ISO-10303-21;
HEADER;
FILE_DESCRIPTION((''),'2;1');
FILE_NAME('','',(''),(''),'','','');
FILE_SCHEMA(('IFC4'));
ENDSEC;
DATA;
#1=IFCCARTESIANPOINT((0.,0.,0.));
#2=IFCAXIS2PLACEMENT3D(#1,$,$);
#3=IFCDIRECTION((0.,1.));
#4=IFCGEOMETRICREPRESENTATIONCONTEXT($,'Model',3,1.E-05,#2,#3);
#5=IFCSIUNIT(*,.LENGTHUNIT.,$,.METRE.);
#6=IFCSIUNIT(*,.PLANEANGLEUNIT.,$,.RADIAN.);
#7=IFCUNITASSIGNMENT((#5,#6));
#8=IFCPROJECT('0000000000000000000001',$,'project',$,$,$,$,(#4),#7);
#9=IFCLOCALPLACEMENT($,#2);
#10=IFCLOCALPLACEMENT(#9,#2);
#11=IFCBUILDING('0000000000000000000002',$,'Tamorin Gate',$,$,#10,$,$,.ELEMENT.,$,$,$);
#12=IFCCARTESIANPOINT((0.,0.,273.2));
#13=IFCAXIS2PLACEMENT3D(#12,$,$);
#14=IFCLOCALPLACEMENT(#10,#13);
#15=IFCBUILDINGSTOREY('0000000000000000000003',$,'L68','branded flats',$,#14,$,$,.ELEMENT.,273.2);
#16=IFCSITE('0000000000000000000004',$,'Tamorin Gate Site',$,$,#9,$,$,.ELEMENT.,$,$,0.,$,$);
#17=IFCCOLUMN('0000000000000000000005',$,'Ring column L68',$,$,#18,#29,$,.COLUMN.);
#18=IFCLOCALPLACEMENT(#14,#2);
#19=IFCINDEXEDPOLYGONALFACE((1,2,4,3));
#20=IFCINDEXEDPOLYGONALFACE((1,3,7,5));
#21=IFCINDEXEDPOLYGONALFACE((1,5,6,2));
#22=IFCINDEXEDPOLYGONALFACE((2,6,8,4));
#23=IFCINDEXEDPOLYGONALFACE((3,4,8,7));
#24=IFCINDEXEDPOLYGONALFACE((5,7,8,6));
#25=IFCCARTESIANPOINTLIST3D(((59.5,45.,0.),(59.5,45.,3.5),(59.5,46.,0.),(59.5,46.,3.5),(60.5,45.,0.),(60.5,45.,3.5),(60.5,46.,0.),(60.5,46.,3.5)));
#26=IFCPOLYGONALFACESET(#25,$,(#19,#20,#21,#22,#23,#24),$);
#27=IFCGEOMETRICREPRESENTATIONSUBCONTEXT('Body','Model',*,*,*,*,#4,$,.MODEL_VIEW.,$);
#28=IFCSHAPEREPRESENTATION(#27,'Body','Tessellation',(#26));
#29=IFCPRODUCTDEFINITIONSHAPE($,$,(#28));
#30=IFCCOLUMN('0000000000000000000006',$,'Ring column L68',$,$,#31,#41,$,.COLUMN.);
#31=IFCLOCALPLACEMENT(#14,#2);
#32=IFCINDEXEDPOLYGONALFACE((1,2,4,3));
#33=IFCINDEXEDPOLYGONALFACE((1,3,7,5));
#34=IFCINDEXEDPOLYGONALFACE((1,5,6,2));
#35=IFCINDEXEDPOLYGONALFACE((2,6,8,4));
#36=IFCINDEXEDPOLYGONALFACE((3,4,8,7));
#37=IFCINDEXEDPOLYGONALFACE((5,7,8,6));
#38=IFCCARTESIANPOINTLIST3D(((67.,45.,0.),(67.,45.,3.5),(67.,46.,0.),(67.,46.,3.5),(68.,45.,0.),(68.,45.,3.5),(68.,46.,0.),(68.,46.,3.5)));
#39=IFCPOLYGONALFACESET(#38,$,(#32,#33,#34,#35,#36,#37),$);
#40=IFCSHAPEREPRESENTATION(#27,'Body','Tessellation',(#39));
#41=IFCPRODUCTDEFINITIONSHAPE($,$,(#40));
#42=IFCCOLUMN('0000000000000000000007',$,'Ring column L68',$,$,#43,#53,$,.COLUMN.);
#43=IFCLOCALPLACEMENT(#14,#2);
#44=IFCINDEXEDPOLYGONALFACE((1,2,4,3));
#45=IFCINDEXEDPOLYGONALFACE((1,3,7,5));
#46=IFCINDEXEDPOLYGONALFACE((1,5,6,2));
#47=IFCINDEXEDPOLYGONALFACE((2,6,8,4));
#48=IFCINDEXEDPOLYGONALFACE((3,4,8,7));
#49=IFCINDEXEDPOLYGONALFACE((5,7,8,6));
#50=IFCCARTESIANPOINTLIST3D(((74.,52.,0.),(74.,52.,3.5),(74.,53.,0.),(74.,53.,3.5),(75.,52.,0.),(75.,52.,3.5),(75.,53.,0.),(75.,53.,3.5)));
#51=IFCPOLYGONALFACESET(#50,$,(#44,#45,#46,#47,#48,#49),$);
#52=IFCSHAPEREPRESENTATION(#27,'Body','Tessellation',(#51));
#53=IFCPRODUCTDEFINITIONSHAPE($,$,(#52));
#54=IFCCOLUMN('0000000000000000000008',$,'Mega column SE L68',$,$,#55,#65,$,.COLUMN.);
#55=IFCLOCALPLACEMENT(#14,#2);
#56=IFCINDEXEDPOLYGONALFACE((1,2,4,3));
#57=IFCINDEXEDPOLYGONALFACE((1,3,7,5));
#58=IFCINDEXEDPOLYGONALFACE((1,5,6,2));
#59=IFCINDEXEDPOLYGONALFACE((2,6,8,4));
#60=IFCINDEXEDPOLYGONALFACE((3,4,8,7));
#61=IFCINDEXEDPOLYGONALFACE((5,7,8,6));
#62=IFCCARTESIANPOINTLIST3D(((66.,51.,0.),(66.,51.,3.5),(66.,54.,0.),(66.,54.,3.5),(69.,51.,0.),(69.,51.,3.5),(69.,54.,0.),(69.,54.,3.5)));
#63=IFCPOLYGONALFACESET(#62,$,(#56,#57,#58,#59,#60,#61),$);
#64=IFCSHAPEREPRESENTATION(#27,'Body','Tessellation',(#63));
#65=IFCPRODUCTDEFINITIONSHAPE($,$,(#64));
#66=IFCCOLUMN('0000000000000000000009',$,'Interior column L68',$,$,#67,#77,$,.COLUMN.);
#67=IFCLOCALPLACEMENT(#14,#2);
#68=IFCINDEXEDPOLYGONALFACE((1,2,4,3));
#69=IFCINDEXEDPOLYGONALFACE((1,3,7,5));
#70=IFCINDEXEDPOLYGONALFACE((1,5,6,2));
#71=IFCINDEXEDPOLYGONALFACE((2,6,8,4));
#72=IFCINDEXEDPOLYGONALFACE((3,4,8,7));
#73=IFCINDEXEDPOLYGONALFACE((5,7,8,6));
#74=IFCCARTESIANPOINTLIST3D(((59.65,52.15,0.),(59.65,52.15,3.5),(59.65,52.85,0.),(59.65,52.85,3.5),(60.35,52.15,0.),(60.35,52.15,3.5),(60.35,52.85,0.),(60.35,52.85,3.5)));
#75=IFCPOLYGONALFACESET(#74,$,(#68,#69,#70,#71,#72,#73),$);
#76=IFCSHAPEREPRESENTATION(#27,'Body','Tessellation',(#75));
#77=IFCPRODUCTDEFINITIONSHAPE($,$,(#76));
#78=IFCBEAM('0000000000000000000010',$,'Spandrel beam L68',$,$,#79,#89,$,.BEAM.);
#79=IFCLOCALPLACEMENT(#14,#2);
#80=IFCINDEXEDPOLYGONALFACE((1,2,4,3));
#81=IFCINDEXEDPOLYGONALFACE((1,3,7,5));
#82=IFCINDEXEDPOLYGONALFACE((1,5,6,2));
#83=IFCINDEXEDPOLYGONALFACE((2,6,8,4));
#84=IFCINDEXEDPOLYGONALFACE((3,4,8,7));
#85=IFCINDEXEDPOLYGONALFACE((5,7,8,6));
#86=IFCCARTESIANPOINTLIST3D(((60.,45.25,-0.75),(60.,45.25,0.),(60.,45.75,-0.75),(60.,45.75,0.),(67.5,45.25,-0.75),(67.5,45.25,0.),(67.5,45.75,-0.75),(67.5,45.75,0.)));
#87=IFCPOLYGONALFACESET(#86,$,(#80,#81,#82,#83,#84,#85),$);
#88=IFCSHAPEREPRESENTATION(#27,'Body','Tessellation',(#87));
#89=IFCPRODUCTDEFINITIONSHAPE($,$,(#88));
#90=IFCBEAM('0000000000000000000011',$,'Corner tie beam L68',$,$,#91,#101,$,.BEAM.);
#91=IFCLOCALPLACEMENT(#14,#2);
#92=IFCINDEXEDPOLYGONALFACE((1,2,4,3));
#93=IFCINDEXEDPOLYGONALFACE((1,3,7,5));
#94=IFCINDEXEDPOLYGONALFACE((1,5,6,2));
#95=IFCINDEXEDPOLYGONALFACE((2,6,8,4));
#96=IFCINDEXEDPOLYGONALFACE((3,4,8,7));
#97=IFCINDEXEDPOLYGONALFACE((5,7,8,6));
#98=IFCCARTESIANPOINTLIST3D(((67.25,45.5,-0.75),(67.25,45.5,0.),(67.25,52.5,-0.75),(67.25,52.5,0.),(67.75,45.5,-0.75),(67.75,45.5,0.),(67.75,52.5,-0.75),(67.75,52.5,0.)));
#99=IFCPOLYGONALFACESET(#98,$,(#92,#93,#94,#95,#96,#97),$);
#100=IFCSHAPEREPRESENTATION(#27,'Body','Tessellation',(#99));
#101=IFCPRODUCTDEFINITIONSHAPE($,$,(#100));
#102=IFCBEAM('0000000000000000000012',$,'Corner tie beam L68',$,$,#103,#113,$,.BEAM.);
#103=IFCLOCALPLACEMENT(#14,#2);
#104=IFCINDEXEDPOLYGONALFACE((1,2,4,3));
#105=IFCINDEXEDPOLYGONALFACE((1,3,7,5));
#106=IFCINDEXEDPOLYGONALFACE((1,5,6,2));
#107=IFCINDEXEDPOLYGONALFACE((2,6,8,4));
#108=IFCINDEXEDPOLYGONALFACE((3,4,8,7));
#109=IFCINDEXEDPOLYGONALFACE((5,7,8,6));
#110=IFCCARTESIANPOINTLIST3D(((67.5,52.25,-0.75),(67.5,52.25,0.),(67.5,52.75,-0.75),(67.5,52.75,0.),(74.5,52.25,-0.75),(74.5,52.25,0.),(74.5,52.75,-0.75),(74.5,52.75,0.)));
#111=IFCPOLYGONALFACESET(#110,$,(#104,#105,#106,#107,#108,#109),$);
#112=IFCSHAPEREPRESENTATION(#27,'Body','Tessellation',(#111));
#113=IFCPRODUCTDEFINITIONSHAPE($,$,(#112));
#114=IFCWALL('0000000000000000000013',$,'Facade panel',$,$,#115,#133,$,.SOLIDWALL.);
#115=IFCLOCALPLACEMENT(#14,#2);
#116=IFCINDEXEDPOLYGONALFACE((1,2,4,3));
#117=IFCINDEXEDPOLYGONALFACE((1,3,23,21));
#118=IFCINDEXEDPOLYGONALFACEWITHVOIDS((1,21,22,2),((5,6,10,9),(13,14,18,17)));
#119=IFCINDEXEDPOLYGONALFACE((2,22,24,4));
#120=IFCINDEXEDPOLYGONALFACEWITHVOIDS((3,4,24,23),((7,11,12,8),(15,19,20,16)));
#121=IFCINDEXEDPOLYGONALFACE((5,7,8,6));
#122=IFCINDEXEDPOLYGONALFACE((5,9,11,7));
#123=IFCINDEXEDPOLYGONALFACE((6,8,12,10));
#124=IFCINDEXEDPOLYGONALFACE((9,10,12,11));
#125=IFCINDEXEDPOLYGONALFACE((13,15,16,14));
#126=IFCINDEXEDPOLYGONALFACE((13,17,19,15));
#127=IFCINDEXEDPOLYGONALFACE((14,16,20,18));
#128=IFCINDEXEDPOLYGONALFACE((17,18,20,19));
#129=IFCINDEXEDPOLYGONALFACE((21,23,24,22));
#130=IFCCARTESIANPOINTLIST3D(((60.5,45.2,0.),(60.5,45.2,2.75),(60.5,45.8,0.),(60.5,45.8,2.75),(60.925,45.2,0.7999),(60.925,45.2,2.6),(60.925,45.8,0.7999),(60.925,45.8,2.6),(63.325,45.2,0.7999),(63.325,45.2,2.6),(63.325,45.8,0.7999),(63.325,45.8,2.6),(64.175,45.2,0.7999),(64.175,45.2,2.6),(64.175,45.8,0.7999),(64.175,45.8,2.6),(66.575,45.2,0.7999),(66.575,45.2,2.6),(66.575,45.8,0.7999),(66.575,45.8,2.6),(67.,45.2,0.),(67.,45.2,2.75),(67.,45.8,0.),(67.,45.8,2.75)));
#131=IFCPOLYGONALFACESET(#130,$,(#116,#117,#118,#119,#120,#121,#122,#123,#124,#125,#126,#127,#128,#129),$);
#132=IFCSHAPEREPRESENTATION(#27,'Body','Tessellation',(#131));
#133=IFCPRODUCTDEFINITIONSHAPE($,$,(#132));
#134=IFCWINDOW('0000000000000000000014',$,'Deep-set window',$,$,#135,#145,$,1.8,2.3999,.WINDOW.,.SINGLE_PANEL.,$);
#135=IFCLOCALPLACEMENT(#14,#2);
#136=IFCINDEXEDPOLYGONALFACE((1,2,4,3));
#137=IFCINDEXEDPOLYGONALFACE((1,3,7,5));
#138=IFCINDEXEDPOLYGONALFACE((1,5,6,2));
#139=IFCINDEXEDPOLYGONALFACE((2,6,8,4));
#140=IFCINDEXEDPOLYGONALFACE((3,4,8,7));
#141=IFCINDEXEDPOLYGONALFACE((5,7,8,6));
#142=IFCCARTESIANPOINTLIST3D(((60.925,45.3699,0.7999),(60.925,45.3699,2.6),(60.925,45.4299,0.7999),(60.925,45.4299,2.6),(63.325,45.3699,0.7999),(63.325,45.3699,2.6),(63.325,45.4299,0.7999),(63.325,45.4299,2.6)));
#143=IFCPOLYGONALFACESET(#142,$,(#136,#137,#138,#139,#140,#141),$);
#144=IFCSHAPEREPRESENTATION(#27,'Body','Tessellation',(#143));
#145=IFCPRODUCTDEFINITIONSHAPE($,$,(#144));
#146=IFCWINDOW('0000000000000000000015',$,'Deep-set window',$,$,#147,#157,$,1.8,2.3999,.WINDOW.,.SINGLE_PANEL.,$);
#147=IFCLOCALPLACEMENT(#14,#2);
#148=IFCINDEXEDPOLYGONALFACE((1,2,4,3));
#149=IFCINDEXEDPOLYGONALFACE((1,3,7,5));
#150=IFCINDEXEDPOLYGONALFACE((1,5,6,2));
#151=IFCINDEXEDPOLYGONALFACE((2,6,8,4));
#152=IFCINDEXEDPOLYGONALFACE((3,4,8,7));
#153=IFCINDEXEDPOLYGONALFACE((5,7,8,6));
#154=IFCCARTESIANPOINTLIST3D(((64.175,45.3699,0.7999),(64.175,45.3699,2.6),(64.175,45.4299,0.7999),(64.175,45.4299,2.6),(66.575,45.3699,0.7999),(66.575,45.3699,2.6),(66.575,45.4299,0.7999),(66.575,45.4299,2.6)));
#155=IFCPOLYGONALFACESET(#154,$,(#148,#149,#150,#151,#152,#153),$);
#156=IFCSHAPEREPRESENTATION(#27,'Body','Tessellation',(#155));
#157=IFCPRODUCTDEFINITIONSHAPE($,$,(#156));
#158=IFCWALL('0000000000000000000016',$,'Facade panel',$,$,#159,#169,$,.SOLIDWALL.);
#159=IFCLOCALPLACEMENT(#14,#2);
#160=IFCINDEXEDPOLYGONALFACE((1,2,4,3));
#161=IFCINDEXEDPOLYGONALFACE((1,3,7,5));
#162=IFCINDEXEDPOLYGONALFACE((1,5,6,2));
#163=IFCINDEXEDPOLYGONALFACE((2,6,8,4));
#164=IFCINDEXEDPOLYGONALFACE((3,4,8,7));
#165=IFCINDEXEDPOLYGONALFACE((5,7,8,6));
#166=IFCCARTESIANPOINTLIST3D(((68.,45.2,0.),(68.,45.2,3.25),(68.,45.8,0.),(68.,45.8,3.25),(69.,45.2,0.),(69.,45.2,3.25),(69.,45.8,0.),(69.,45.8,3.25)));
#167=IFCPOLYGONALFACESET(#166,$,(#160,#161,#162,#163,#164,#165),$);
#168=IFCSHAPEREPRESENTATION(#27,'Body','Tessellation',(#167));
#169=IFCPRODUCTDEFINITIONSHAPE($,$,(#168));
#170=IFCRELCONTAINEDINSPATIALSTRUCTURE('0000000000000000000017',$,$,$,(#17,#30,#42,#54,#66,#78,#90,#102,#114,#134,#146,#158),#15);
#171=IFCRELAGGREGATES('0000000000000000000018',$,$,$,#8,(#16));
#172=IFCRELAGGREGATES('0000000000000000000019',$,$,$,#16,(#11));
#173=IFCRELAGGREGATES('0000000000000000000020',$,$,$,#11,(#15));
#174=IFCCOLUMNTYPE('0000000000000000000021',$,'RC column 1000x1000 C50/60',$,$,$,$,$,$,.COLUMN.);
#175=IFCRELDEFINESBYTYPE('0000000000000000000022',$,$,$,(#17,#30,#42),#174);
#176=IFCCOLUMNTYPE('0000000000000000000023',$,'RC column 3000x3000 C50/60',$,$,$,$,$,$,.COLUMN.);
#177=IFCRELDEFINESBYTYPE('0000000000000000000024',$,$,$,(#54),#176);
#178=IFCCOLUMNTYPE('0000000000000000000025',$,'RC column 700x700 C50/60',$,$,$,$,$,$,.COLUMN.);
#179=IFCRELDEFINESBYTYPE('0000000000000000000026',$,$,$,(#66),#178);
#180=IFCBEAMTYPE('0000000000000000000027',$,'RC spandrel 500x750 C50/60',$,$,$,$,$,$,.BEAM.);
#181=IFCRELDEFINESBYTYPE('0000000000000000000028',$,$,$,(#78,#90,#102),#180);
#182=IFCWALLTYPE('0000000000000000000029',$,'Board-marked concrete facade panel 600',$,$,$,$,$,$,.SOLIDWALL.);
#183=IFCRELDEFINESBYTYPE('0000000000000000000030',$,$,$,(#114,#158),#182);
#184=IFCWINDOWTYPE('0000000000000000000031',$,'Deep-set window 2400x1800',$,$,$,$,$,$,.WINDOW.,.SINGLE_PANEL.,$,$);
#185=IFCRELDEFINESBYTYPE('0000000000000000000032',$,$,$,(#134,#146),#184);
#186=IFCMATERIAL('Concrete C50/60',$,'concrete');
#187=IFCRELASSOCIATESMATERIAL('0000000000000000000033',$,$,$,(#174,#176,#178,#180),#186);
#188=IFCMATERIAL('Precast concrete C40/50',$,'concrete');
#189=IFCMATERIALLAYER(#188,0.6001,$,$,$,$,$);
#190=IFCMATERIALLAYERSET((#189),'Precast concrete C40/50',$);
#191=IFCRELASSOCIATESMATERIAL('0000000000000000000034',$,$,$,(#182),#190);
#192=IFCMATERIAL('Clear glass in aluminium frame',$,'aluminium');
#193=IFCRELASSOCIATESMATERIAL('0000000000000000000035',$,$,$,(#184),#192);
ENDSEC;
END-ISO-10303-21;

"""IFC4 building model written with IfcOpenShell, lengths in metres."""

from ifc_helpers import new_model, si_unit, direction, frame, frame_2d, origin, origin_2d, place, context, subcontext, project, spatial, rectangle, extrude, material, layer, layer_set, material_profile, profile_set, type_object, element, fill, save


model = new_model("IFC4")

# Units and contexts
model_context = context("Model", 3, precision=1e-05, world=origin(), true_north=direction((0.0, 1.0)))
body_context = subcontext(model_context, "Body", "Model", "MODEL_VIEW")
ifc_project = project(units=[si_unit("LENGTHUNIT", "METRE"), si_unit("PLANEANGLEUNIT", "RADIAN")], contexts=[model_context])

# Site, building, storey
site_placement = place(None, origin())
site = spatial("IfcSite", under=ifc_project, at=site_placement, Name="Tamorin Gate Site", CompositionType="ELEMENT", RefElevation=0.0)
building_placement = place(site_placement, origin())
building = spatial("IfcBuilding", under=site, at=building_placement, Name="Tamorin Gate", CompositionType="ELEMENT")
storey_placement = place(building_placement, frame((0.0, 0.0, 273.2)))
storey = spatial("IfcBuildingStorey", under=building, at=storey_placement, Name="L68", Description="branded flats", CompositionType="ELEMENT", Elevation=273.2)

# Columns
ifc_material_1 = material(Name="Concrete C50/60", Category="concrete")
ifc_material_profile_1 = material_profile(ifc_material_1, rectangle(XDim=1.0, YDim=1.0, at=origin_2d()), Name="RC 1000x1000")
ifc_profile_set_1 = profile_set([ifc_material_profile_1], Name="Concrete C50/60")
column_type_1 = type_object("IfcColumnType", Name="RC column 1000x1000 C50/60", PredefinedType="COLUMN", material=ifc_profile_set_1)
for number, where, z_axis, x_axis, name in (
    (1, (60.0, 45.5, 0.0), (0.0, 0.0, 1.0), (1.0, 0.0, 0.0), "Ring column L68"),
    (2, (67.5, 45.5, 0.0), (0.0, 0.0, 1.0), (1.0, 0.0, 0.0), "Ring column L68"),
    (3, (74.5, 52.5, 0.0), (0.0, 0.0, 1.0), (1.0, 0.0, 0.0), "Ring column L68"),
):
    element("IfcColumn", number, at=place(storey_placement, frame(where, z_axis=z_axis, x_axis=x_axis)), inside=storey, type_object=column_type_1, Name=name, PredefinedType="COLUMN", context=body_context, shape_type="SweptSolid", body=[
        extrude(rectangle(XDim=1.0, YDim=1.0, at=origin_2d()), origin(), (0.0, 0.0, 1.0), 3.5),
    ])
ifc_material_profile_2 = material_profile(ifc_material_1, rectangle(XDim=3.0, YDim=3.0, at=origin_2d()), Name="RC 3000x3000")
ifc_profile_set_2 = profile_set([ifc_material_profile_2], Name="Concrete C50/60")
column_type_2 = type_object("IfcColumnType", Name="RC column 3000x3000 C50/60", PredefinedType="COLUMN", material=ifc_profile_set_2)
column_1_placement = place(storey_placement, frame((67.5, 52.5, 0.0), z_axis=(0.0, 0.0, 1.0), x_axis=(1.0, 0.0, 0.0)))
element("IfcColumn", 4, at=column_1_placement, inside=storey, type_object=column_type_2, Name="Mega column SE L68", PredefinedType="COLUMN", context=body_context, shape_type="SweptSolid", body=[
    extrude(rectangle(XDim=3.0, YDim=3.0, at=origin_2d()), origin(), (0.0, 0.0, 1.0), 3.5),
])
ifc_material_profile_3 = material_profile(ifc_material_1, rectangle(XDim=0.7, YDim=0.7, at=origin_2d()), Name="RC 700x700")
ifc_profile_set_3 = profile_set([ifc_material_profile_3], Name="Concrete C50/60")
column_type_3 = type_object("IfcColumnType", Name="RC column 700x700 C50/60", PredefinedType="COLUMN", material=ifc_profile_set_3)
column_2_placement = place(storey_placement, frame((60.0, 52.5, 0.0), z_axis=(0.0, 0.0, 1.0), x_axis=(1.0, 0.0, 0.0)))
element("IfcColumn", 5, at=column_2_placement, inside=storey, type_object=column_type_3, Name="Interior column L68", PredefinedType="COLUMN", context=body_context, shape_type="SweptSolid", body=[
    extrude(rectangle(XDim=0.7, YDim=0.7, at=origin_2d()), origin(), (0.0, 0.0, 1.0), 3.5),
])

# Beams
ifc_material_profile_4 = material_profile(ifc_material_1, rectangle(XDim=0.5, YDim=0.75, at=origin_2d()), Name="RC 500x750")
ifc_profile_set_4 = profile_set([ifc_material_profile_4], Name="Concrete C50/60")
beam_type = type_object("IfcBeamType", Name="RC spandrel 500x750 C50/60", PredefinedType="BEAM", material=ifc_profile_set_4)
beam_placement = place(storey_placement, frame((60.0, 45.5, -0.375), z_axis=(1.0, 0.0, 0.0), x_axis=(0.0, 1.0, 0.0)))
element("IfcBeam", 6, at=beam_placement, inside=storey, type_object=beam_type, Name="Spandrel beam L68", PredefinedType="BEAM", context=body_context, shape_type="SweptSolid", body=[
    extrude(rectangle(XDim=0.5, YDim=0.75, at=origin_2d()), origin(), (0.0, 0.0, 1.0), 7.5),
])
for number, where, z_axis, x_axis, name in (
    (7, (67.5, 52.5, -0.375), (0.0, -1.0, 0.0), (1.0, 0.0, 0.0), "Corner tie beam L68"),
    (8, (67.5, 52.5, -0.375), (1.0, 0.0, 0.0), (0.0, 1.0, 0.0), "Corner tie beam L68"),
):
    element("IfcBeam", number, at=place(storey_placement, frame(where, z_axis=z_axis, x_axis=x_axis)), inside=storey, type_object=beam_type, Name=name, PredefinedType="BEAM", context=body_context, shape_type="SweptSolid", body=[
        extrude(rectangle(XDim=0.5, YDim=0.75, at=origin_2d()), origin(), (0.0, 0.0, 1.0), 7.0),
    ])

# Wall, openings, windows
ifc_material_2 = material(Name="Precast concrete C40/50", Category="concrete")
ifc_layer_1 = layer(ifc_material_2, 0.6001)
ifc_layer_set_1 = layer_set([ifc_layer_1], Name="Precast concrete C40/50")
wall_type_1 = type_object("IfcWallType", Name="Board-marked concrete facade panel 600", PredefinedType="SOLIDWALL", material=ifc_layer_set_1)
wall_1_placement = place(storey_placement, frame((60.5, 45.5, 0.0), z_axis=(0.0, 0.0, 1.0), x_axis=(1.0, 0.0, 0.0)))
wall_1 = element("IfcWall", 9, at=wall_1_placement, inside=storey, type_object=wall_type_1, Name="Facade panel", PredefinedType="SOLIDWALL", context=body_context, shape_type="SweptSolid", body=[
    extrude(rectangle(XDim=6.5, YDim=0.6001, at=frame_2d((3.25, 0.0))), origin(), (0.0, 0.0, 1.0), 2.75),
])
opening_1_placement = place(wall_1_placement, frame((0.425, 0.0, 0.8)))
opening_1 = element("IfcOpeningElement", 10, at=opening_1_placement, cuts=wall_1, PredefinedType="OPENING", context=body_context, shape_type="SweptSolid", body=[
    extrude(rectangle(XDim=2.3999, YDim=1.8, at=frame_2d((1.2, 0.8999))), frame((0.0, 0.3101, 0.0), z_axis=(0.0, -1.0, 0.0), x_axis=(1.0, 0.0, 0.0)), (0.0, 0.0, 1.0), 0.6201),
])
opening_2_placement = place(wall_1_placement, frame((3.675, 0.0, 0.8)))
opening_2 = element("IfcOpeningElement", 11, at=opening_2_placement, cuts=wall_1, PredefinedType="OPENING", context=body_context, shape_type="SweptSolid", body=[
    extrude(rectangle(XDim=2.3999, YDim=1.8, at=frame_2d((1.2, 0.8999))), frame((0.0, 0.3101, 0.0), z_axis=(0.0, -1.0, 0.0), x_axis=(1.0, 0.0, 0.0)), (0.0, 0.0, 1.0), 0.6201),
])
ifc_material_3 = material(Name="Clear glass in aluminium frame", Category="aluminium")
window_type_1 = type_object("IfcWindowType", Name="Deep-set window 2400x1800", PartitioningType="SINGLE_PANEL", PredefinedType="WINDOW", material=ifc_material_3)
window_1_placement = place(opening_1_placement, origin())
window_1 = element("IfcWindow", 12, at=window_1_placement, inside=storey, type_object=window_type_1, Name="Deep-set window", OverallHeight=1.8, OverallWidth=2.3999, PartitioningType="SINGLE_PANEL", PredefinedType="WINDOW", context=body_context, shape_type="SweptSolid", body=[
    extrude(rectangle(XDim=2.3999, YDim=1.8, at=frame_2d((1.2, 0.8999))), frame((0.0, -0.0701, 0.0), z_axis=(0.0, -1.0, 0.0), x_axis=(1.0, 0.0, 0.0)), (0.0, 0.0, 1.0), 0.0601),
])
fill(opening_1, window_1)
window_2_placement = place(opening_2_placement, origin())
window_2 = element("IfcWindow", 13, at=window_2_placement, inside=storey, type_object=window_type_1, Name="Deep-set window", OverallHeight=1.8, OverallWidth=2.3999, PartitioningType="SINGLE_PANEL", PredefinedType="WINDOW", context=body_context, shape_type="SweptSolid", body=[
    extrude(rectangle(XDim=2.3999, YDim=1.8, at=frame_2d((1.2, 0.8999))), frame((0.0, -0.0701, 0.0), z_axis=(0.0, -1.0, 0.0), x_axis=(1.0, 0.0, 0.0)), (0.0, 0.0, 1.0), 0.0601),
])
fill(opening_2, window_2)

# Wall
wall_2_placement = place(storey_placement, frame((68.0, 45.5, 0.0), z_axis=(0.0, 0.0, 1.0), x_axis=(1.0, 0.0, 0.0)))
element("IfcWall", 14, at=wall_2_placement, inside=storey, type_object=wall_type_1, Name="Facade panel", PredefinedType="SOLIDWALL", context=body_context, shape_type="SweptSolid", body=[
    extrude(rectangle(XDim=1.0, YDim=0.6001, at=frame_2d((0.5, 0.0))), origin(), (0.0, 0.0, 1.0), 3.25),
])

save(model, "model.ifc")
